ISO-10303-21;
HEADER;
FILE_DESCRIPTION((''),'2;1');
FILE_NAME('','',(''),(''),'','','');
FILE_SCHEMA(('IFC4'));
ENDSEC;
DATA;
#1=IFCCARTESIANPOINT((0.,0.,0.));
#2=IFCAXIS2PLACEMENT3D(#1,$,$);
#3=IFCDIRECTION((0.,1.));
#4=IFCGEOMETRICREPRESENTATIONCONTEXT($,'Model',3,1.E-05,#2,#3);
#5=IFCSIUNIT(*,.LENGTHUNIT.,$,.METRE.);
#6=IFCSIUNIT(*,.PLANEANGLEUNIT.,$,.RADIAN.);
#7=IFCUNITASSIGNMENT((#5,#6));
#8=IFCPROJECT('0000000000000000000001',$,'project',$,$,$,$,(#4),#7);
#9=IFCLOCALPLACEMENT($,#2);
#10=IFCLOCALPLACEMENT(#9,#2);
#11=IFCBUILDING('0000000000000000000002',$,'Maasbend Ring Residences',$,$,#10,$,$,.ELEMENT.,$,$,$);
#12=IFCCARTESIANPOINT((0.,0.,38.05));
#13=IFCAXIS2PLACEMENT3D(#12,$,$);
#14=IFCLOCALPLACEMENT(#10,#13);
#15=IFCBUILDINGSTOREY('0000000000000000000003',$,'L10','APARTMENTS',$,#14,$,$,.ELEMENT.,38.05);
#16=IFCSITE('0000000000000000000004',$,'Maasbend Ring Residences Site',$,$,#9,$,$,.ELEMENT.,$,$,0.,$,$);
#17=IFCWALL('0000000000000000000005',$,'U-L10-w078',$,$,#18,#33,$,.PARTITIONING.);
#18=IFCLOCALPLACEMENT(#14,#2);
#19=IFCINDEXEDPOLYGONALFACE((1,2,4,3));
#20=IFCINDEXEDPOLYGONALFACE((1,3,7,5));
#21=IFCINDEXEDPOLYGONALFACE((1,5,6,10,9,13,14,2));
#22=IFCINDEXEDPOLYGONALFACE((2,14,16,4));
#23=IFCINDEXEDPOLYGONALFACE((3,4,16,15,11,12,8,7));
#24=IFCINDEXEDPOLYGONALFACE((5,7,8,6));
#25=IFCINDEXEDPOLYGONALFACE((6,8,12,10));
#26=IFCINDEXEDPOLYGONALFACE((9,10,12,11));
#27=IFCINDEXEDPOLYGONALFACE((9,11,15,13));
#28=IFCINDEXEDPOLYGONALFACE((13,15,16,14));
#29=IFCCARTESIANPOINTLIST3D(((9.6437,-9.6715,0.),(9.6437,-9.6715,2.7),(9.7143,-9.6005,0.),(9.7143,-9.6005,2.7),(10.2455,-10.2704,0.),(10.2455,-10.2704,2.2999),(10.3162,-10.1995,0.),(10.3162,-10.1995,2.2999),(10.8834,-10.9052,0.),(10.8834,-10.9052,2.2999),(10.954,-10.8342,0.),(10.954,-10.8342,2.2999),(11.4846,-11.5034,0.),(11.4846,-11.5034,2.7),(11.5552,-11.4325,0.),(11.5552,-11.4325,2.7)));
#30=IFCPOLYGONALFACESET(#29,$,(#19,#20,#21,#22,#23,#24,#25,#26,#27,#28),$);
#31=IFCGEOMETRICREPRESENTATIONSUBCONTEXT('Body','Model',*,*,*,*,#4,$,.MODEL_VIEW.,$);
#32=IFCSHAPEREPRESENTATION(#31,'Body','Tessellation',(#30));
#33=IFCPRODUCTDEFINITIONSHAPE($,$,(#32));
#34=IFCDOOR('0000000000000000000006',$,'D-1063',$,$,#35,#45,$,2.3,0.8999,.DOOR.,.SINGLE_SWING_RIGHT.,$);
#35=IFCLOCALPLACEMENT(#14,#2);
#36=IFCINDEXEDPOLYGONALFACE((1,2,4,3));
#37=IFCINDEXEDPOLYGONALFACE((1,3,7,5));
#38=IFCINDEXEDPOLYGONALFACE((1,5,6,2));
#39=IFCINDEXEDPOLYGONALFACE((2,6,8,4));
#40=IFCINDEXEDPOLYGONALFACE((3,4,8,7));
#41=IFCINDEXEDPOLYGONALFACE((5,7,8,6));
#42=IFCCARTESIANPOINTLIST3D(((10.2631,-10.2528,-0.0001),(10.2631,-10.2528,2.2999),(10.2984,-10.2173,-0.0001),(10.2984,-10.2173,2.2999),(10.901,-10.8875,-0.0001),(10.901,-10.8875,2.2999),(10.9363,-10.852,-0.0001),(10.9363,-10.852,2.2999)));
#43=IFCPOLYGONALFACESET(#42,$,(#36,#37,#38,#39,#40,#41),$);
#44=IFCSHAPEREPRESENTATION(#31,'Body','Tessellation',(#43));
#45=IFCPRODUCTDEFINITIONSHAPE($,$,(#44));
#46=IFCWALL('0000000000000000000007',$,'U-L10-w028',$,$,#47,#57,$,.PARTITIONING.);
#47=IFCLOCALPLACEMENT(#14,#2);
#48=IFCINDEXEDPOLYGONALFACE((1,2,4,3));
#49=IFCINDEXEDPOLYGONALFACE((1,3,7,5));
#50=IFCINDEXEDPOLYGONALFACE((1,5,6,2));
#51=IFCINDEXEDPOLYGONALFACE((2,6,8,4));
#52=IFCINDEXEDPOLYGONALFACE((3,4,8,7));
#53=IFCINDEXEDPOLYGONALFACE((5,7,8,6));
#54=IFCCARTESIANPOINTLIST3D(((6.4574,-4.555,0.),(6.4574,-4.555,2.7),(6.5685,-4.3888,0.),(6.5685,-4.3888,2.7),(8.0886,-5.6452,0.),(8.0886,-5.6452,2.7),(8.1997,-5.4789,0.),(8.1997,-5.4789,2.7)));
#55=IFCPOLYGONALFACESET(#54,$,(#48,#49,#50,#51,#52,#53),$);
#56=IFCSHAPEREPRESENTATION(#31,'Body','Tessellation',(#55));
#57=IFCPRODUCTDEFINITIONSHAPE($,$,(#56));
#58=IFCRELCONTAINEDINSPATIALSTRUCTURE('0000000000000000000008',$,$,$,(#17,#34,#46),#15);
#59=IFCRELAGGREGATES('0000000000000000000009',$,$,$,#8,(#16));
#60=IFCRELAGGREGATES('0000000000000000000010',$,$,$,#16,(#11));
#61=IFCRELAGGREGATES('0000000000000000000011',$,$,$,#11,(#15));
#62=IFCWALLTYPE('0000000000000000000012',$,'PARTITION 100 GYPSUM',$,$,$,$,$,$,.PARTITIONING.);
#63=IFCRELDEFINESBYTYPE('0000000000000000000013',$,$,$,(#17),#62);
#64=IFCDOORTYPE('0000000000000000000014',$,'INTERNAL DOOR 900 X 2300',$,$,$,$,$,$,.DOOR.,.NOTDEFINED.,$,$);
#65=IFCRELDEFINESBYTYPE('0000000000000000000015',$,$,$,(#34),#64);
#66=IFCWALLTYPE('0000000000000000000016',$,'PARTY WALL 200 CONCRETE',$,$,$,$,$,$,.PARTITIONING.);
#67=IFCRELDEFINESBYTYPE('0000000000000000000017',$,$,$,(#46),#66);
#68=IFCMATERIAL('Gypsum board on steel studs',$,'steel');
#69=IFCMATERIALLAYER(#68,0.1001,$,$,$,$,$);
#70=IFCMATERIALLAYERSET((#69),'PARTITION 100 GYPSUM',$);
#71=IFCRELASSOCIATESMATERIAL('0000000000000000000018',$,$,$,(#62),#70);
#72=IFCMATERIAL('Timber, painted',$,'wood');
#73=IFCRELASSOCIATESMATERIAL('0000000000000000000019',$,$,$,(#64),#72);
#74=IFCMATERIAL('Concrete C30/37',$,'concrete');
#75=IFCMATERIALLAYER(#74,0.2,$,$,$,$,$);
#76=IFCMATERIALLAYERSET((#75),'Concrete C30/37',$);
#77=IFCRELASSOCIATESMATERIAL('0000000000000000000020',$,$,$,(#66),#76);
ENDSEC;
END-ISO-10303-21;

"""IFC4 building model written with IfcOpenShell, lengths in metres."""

from ifc_helpers import new_model, si_unit, direction, frame, frame_2d, origin, place, context, subcontext, project, spatial, rectangle, extrude, material, layer, layer_set, type_object, element, fill, save


model = new_model("IFC4")

# Units and contexts
model_context = context("Model", 3, precision=1e-05, world=origin(), true_north=direction((0.0, 1.0)))
body_context = subcontext(model_context, "Body", "Model", "MODEL_VIEW")
ifc_project = project(units=[si_unit("LENGTHUNIT", "METRE"), si_unit("PLANEANGLEUNIT", "RADIAN")], contexts=[model_context])

# Site, building, storey
site_placement = place(None, origin())
site = spatial("IfcSite", under=ifc_project, at=site_placement, Name="Maasbend Ring Residences Site", CompositionType="ELEMENT", RefElevation=0.0)
building_placement = place(site_placement, origin())
building = spatial("IfcBuilding", under=site, at=building_placement, Name="Maasbend Ring Residences", CompositionType="ELEMENT")
storey_placement = place(building_placement, frame((0.0, 0.0, 38.05)))
storey = spatial("IfcBuildingStorey", under=building, at=storey_placement, Name="L10", Description="APARTMENTS", CompositionType="ELEMENT", Elevation=38.05)

# Shared definitions
ifc_material_1 = material(Name="Gypsum board on steel studs", Category="steel")
ifc_layer_1 = layer(ifc_material_1, 0.1001)
ifc_layer_set_1 = layer_set([ifc_layer_1], Name="PARTITION 100 GYPSUM")
wall_type_1 = type_object("IfcWallType", Name="PARTITION 100 GYPSUM", PredefinedType="PARTITIONING", material=ifc_layer_set_1)

# Wall, opening, door
wall_1_placement = place(storey_placement, frame((9.679, -9.636, 0.0), z_axis=(0.0, 0.0, 1.0), x_axis=(0.708844, -0.705366, 0.0)))
wall_1 = element("IfcWall", 1, at=wall_1_placement, inside=storey, type_object=wall_type_1, Name="U-L10-w078", PredefinedType="PARTITIONING", context=body_context, shape_type="SweptSolid", body=[
    extrude(rectangle(XDim=2.5972, YDim=0.1001, at=frame_2d((1.2986, 0.0))), origin(), (0.0, 0.0, 1.0), 2.7),
])
opening_1_placement = place(wall_1_placement, frame((0.8491, 0.0, 0.0)))
opening_1 = element("IfcOpeningElement", 2, at=opening_1_placement, cuts=wall_1, PredefinedType="OPENING", context=body_context, shape_type="SweptSolid", body=[
    extrude(rectangle(XDim=0.8999, YDim=2.3, at=frame_2d((0.45, 1.1499))), frame((0.0, 0.0601, 0.0), z_axis=(0.0, -1.0, 0.0), x_axis=(1.0, 0.0, 0.0)), (0.0, 0.0, 1.0), 0.1201),
])
ifc_material_2 = material(Name="Timber, painted", Category="wood")
door_type_1 = type_object("IfcDoorType", Name="INTERNAL DOOR 900 X 2300", OperationType="NOTDEFINED", PredefinedType="DOOR", material=ifc_material_2)
door_1_placement = place(opening_1_placement, origin())
door_1 = element("IfcDoor", 3, at=door_1_placement, inside=storey, type_object=door_type_1, Name="D-1063", OperationType="SINGLE_SWING_RIGHT", OverallHeight=2.3, OverallWidth=0.8999, PredefinedType="DOOR", context=body_context, shape_type="SweptSolid", body=[
    extrude(rectangle(XDim=0.8999, YDim=2.3, at=frame_2d((0.45, 1.1499))), frame((0.0, 0.0249, 0.0), z_axis=(0.0, -1.0, 0.0), x_axis=(1.0, 0.0, 0.0)), (0.0, 0.0, 1.0), 0.05),
])
fill(opening_1, door_1)

# Wall
ifc_material_3 = material(Name="Concrete C30/37", Category="concrete")
ifc_layer_2 = layer(ifc_material_3, 0.2)
ifc_layer_set_2 = layer_set([ifc_layer_2], Name="Concrete C30/37")
wall_type_2 = type_object("IfcWallType", Name="PARTY WALL 200 CONCRETE", PredefinedType="PARTITIONING", material=ifc_layer_set_2)
wall_2_placement = place(storey_placement, frame((6.5129, -4.4719, 0.0), z_axis=(0.0, 0.0, 1.0), x_axis=(0.831418, -0.555648, 0.0)))
element("IfcWall", 4, at=wall_2_placement, inside=storey, type_object=wall_type_2, Name="U-L10-w028", PredefinedType="PARTITIONING", context=body_context, shape_type="SweptSolid", body=[
    extrude(rectangle(XDim=1.9619, YDim=0.2, at=frame_2d((0.981, 0.0))), origin(), (0.0, 0.0, 1.0), 2.7),
])

save(model, "model.ifc")
